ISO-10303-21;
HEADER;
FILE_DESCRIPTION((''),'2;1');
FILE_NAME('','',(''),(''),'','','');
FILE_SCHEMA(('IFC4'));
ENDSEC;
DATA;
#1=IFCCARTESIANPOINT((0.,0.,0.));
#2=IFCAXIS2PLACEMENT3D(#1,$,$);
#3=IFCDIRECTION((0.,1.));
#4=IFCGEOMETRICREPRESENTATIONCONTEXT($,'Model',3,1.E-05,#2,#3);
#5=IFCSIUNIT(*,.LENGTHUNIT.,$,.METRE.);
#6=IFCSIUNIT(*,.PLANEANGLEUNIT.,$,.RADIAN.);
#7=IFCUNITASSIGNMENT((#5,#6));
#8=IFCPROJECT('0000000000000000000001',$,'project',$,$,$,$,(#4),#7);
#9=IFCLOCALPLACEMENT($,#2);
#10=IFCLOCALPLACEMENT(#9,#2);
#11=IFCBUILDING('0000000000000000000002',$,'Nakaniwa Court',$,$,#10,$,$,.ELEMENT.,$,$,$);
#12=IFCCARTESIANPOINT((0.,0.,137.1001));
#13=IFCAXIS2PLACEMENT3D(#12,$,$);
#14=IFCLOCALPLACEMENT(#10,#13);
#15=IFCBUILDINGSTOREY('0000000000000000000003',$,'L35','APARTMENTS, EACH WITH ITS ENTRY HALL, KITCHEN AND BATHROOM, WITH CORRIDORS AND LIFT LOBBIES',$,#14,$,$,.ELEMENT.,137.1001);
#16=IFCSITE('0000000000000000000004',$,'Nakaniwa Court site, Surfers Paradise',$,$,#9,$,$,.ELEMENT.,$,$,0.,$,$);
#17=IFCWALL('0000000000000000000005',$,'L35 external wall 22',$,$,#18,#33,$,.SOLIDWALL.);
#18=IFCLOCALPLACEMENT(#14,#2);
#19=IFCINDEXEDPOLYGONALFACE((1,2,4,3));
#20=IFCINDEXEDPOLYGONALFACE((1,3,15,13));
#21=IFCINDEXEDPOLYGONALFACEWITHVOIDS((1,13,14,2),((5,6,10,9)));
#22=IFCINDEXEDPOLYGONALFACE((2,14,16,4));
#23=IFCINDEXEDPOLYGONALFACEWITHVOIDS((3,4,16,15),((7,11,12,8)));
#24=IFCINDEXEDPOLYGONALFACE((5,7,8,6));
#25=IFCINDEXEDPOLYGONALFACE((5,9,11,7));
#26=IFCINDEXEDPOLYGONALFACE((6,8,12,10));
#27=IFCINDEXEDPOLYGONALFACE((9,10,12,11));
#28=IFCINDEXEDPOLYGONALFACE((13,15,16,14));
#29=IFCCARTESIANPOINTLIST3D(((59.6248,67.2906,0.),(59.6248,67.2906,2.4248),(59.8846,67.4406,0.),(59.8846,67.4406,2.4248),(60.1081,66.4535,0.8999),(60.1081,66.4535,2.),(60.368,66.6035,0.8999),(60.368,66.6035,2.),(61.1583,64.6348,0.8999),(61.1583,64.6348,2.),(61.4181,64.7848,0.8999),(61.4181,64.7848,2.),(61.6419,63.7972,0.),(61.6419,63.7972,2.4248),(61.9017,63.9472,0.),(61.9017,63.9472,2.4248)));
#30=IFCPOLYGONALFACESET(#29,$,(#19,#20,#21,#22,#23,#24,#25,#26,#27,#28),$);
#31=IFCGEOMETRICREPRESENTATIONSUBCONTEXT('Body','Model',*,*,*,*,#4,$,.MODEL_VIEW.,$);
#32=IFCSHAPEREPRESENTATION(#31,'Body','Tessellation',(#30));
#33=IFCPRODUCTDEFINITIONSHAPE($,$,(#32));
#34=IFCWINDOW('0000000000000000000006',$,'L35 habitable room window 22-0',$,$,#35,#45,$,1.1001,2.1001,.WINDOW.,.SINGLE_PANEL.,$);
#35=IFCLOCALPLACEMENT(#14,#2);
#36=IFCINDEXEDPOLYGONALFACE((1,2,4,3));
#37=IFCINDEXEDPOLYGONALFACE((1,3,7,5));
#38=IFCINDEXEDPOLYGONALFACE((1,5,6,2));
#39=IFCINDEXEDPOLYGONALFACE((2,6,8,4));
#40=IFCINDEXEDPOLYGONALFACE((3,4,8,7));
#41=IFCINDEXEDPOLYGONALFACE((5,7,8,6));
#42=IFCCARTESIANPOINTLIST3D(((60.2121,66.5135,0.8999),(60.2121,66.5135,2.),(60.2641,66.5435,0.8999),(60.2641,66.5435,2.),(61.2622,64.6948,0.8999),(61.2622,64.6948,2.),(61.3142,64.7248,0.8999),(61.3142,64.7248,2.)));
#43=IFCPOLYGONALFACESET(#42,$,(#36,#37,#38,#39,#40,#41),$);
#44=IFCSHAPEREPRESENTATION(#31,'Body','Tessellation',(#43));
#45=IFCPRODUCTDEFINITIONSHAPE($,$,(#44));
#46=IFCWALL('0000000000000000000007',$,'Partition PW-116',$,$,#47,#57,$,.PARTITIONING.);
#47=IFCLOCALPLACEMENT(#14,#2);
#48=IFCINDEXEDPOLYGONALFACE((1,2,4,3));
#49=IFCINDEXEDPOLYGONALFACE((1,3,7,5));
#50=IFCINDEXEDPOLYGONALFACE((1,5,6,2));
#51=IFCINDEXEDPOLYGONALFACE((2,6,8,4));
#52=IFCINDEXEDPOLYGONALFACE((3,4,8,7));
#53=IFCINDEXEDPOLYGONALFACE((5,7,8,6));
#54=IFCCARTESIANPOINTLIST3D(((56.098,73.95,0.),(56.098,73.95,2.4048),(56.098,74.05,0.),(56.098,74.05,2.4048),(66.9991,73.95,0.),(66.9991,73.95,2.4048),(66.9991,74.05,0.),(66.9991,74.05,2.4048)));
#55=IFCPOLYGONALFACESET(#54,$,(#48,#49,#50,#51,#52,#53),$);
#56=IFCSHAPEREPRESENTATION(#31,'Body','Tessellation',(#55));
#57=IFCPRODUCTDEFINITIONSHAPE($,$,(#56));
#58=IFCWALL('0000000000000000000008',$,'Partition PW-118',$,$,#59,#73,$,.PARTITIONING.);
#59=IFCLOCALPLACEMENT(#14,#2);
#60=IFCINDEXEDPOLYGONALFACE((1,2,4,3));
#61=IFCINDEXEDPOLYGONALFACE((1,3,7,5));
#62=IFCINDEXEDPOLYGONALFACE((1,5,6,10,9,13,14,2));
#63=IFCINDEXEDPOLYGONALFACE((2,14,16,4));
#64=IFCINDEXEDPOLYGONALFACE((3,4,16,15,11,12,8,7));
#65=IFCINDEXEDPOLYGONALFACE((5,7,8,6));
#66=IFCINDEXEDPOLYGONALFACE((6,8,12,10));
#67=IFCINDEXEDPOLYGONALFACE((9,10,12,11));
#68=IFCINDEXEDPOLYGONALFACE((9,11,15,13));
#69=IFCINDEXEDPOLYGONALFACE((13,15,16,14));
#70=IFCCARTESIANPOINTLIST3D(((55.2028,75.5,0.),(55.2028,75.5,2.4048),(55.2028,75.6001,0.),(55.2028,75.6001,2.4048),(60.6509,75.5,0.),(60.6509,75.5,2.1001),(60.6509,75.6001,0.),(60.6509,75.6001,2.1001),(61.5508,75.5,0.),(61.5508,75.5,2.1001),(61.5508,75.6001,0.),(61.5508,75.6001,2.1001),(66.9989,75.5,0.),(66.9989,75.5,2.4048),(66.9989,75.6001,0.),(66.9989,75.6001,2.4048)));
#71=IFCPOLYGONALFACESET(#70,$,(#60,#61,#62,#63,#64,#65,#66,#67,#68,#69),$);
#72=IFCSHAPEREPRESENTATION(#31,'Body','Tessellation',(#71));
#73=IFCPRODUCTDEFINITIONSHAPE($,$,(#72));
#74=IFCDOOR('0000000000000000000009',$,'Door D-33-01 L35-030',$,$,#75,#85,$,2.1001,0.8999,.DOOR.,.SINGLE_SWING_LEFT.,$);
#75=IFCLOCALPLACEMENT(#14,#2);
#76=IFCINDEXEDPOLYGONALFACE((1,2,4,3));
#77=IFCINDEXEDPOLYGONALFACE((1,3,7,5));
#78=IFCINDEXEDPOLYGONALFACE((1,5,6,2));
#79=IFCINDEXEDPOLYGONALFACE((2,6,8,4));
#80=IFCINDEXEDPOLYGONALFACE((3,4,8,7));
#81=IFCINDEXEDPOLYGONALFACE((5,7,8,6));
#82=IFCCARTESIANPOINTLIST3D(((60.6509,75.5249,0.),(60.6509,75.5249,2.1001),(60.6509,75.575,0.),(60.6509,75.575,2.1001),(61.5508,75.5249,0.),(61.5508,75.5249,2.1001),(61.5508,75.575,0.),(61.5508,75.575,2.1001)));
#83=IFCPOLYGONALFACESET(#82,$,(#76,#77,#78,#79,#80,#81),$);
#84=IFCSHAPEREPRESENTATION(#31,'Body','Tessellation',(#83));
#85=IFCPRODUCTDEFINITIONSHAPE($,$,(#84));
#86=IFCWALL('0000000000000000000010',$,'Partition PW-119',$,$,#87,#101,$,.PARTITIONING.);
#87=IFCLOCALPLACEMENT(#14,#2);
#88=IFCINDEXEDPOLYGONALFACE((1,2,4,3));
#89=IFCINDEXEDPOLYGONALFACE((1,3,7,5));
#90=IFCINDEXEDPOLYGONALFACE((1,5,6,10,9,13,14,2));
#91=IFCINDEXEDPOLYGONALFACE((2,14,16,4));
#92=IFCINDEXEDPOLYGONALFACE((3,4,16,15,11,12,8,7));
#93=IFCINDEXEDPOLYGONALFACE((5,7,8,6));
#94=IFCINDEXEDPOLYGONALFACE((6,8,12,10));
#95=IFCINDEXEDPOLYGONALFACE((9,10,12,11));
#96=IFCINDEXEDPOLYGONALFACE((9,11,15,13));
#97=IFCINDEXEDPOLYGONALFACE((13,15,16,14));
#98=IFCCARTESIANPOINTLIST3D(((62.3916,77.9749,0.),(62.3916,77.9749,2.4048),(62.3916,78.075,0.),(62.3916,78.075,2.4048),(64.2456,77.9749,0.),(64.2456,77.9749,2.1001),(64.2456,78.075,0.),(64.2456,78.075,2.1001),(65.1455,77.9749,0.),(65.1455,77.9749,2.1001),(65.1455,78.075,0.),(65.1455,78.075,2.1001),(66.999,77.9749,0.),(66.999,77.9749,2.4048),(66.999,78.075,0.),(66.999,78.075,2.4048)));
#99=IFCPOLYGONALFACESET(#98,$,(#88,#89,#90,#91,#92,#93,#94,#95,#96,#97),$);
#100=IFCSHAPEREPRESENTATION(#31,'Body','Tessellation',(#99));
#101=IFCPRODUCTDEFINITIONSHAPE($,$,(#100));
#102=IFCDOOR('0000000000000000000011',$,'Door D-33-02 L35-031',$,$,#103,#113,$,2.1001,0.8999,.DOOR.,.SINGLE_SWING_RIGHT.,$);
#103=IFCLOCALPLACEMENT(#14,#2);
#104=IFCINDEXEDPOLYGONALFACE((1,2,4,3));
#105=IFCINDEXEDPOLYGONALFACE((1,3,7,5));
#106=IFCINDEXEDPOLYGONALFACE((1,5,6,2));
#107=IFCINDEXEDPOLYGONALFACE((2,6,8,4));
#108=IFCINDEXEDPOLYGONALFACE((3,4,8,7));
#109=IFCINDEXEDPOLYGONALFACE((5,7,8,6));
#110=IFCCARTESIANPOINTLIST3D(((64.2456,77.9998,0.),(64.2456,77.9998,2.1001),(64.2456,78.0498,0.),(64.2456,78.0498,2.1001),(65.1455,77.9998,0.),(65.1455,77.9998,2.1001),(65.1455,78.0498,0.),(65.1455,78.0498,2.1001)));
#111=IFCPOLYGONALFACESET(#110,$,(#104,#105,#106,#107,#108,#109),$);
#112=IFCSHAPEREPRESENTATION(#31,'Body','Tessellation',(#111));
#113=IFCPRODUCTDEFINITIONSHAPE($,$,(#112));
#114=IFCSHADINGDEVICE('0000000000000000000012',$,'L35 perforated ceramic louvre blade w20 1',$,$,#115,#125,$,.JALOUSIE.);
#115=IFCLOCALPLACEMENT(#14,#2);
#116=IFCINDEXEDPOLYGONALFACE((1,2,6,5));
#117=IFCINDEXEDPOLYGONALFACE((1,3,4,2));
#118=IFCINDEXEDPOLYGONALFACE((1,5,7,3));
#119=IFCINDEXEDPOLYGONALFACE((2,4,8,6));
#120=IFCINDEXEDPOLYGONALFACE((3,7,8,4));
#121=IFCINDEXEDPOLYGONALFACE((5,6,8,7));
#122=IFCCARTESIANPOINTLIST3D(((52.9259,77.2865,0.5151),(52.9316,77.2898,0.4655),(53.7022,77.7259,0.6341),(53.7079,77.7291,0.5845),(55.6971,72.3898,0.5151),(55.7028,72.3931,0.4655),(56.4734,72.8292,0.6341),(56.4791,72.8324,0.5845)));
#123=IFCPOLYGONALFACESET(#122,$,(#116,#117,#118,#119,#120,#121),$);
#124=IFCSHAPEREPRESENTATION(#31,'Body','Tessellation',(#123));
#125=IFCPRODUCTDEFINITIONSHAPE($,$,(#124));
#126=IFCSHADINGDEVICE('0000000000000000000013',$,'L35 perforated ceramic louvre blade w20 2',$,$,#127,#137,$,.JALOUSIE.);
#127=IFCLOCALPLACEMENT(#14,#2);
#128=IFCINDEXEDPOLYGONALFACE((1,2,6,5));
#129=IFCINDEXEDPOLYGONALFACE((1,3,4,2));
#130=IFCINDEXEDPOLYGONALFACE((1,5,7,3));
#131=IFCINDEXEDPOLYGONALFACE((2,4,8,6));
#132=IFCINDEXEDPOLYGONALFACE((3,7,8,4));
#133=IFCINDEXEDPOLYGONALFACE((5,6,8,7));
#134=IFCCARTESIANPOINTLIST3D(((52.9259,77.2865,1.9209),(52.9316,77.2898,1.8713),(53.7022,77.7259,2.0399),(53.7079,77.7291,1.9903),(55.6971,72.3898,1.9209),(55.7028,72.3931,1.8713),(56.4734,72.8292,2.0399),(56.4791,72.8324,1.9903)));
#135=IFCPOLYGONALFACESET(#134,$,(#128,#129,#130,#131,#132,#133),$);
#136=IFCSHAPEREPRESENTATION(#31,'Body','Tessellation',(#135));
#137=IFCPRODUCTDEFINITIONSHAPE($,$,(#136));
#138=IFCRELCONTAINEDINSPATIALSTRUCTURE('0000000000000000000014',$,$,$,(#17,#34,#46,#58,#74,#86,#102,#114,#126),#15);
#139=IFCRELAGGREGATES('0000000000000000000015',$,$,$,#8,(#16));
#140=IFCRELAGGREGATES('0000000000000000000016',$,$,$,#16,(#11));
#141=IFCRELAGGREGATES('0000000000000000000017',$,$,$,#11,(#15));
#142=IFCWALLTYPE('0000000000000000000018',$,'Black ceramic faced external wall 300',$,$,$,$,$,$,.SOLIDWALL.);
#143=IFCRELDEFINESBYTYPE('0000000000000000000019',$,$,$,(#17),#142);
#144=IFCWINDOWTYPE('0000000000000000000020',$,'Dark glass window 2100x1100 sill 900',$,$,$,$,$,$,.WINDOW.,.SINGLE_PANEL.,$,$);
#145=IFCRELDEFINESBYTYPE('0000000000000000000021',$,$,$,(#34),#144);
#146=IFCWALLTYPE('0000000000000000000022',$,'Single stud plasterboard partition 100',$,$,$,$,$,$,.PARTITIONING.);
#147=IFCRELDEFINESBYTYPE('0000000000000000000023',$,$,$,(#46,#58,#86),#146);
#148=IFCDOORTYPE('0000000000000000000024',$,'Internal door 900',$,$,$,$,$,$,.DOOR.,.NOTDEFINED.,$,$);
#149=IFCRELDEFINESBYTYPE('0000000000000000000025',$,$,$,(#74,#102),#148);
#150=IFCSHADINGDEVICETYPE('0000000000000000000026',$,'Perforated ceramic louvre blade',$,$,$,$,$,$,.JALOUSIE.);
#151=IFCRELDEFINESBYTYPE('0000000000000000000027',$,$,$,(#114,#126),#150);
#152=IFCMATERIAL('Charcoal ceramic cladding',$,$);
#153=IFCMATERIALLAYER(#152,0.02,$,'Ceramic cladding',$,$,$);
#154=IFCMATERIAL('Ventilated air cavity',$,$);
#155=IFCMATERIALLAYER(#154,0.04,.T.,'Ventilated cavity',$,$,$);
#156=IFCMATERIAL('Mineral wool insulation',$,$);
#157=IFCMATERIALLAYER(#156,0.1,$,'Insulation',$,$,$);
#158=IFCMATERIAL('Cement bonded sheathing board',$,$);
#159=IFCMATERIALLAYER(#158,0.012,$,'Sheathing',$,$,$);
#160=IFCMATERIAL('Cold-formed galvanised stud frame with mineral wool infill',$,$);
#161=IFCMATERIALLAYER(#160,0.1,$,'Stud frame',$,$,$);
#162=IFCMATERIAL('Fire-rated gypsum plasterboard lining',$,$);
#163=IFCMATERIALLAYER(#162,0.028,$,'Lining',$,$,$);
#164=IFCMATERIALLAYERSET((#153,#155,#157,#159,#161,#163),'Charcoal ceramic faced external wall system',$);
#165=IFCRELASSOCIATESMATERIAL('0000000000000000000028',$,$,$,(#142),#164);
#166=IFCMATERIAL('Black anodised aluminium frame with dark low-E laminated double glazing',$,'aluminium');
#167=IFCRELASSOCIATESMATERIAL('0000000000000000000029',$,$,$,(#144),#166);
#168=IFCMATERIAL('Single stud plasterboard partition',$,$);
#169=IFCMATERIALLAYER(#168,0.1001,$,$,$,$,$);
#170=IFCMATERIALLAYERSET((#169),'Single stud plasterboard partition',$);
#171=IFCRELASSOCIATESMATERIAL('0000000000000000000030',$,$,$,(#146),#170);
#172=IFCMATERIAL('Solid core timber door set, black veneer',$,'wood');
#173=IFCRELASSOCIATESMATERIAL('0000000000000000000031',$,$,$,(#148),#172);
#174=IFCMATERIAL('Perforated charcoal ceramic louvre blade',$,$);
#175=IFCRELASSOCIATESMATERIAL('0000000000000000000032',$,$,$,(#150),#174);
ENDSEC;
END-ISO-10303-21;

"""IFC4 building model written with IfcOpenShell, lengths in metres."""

from ifc_helpers import new_model, si_unit, direction, frame, frame_2d, origin, origin_2d, place, context, subcontext, project, spatial, rectangle, extrude, material, layer, layer_set, material_profile, profile_set, type_object, element, fill, save


model = new_model("IFC4")

# Units and contexts
model_context = context("Model", 3, precision=1e-05, world=origin(), true_north=direction((0.0, 1.0)))
body_context = subcontext(model_context, "Body", "Model", "MODEL_VIEW")
ifc_project = project(units=[si_unit("LENGTHUNIT", "METRE"), si_unit("PLANEANGLEUNIT", "RADIAN")], contexts=[model_context])

# Site, building, storey
site_placement = place(None, origin())
site = spatial("IfcSite", under=ifc_project, at=site_placement, Name="Nakaniwa Court site, Surfers Paradise", CompositionType="ELEMENT", RefElevation=0.0)
building_placement = place(site_placement, origin())
building = spatial("IfcBuilding", under=site, at=building_placement, Name="Nakaniwa Court", CompositionType="ELEMENT")
storey_placement = place(building_placement, frame((0.0, 0.0, 137.1001)))
storey = spatial("IfcBuildingStorey", under=building, at=storey_placement, Name="L35", Description="APARTMENTS, EACH WITH ITS ENTRY HALL, KITCHEN AND BATHROOM, WITH CORRIDORS AND LIFT LOBBIES", CompositionType="ELEMENT", Elevation=137.1001)

# Shared definitions
ifc_material_1 = material(Name="Solid core timber door set, black veneer", Category="wood")

# Shared definitions
ifc_material_2 = material(Name="Charcoal ceramic cladding")
ifc_layer_1 = layer(ifc_material_2, 0.02, Name="Ceramic cladding")
ifc_material_3 = material(Name="Ventilated air cavity")
ifc_layer_2 = layer(ifc_material_3, 0.04, ventilated=True, Name="Ventilated cavity")
ifc_material_4 = material(Name="Mineral wool insulation")
ifc_layer_3 = layer(ifc_material_4, 0.1, Name="Insulation")
ifc_material_5 = material(Name="Cement bonded sheathing board")
ifc_layer_4 = layer(ifc_material_5, 0.012, Name="Sheathing")
ifc_material_6 = material(Name="Cold-formed galvanised stud frame with mineral wool infill")
ifc_layer_5 = layer(ifc_material_6, 0.1, Name="Stud frame")
ifc_material_7 = material(Name="Fire-rated gypsum plasterboard lining")
ifc_layer_6 = layer(ifc_material_7, 0.028, Name="Lining")
ifc_layer_set_1 = layer_set([ifc_layer_1, ifc_layer_2, ifc_layer_3, ifc_layer_4, ifc_layer_5, ifc_layer_6], Name="Charcoal ceramic faced external wall system")
wall_type_1 = type_object("IfcWallType", Name="Black ceramic faced external wall 300", PredefinedType="SOLIDWALL", material=ifc_layer_set_1)
ifc_material_8 = material(Name="Black anodised aluminium frame with dark low-E laminated double glazing", Category="aluminium")
window_type_1 = type_object("IfcWindowType", Name="Dark glass window 2100x1100 sill 900", PartitioningType="SINGLE_PANEL", PredefinedType="WINDOW", material=ifc_material_8)

# Wall, opening, window
wall_1_placement = place(storey_placement, frame((59.7546, 67.3657, 0.0), z_axis=(0.0, 0.0, 1.0), x_axis=(0.500032, -0.866007, 0.0)))
wall_1 = element("IfcWall", 1, at=wall_1_placement, inside=storey, type_object=wall_type_1, Name="L35 external wall 22", PredefinedType="SOLIDWALL", context=body_context, shape_type="SweptSolid", body=[
    extrude(rectangle(XDim=4.0339, YDim=0.3, at=frame_2d((2.0171, 0.0))), origin(), (0.0, 0.0, 1.0), 2.4248),
])
opening_1_placement = place(wall_1_placement, frame((0.9668, 0.0, 0.8999)))
opening_1 = element("IfcOpeningElement", 2, at=opening_1_placement, cuts=wall_1, PredefinedType="OPENING", context=body_context, shape_type="SweptSolid", body=[
    extrude(rectangle(XDim=2.1001, YDim=1.1001, at=frame_2d((1.05, 0.55))), frame((0.0, 0.1599, 0.0), z_axis=(0.0, -1.0, 0.0), x_axis=(1.0, 0.0, 0.0)), (0.0, 0.0, 1.0), 0.3201),
])
window_1_placement = place(opening_1_placement, origin())
window_1 = element("IfcWindow", 3, at=window_1_placement, inside=storey, type_object=window_type_1, Name="L35 habitable room window 22-0", OverallHeight=1.1001, OverallWidth=2.1001, PartitioningType="SINGLE_PANEL", PredefinedType="WINDOW", context=body_context, shape_type="SweptSolid", body=[
    extrude(rectangle(XDim=2.1001, YDim=1.1001, at=frame_2d((1.05, 0.55))), frame((0.0, 0.03, 0.0), z_axis=(0.0, -1.0, 0.0), x_axis=(1.0, 0.0, 0.0)), (0.0, 0.0, 1.0), 0.0601),
])
fill(opening_1, window_1)

# Wall
ifc_material_9 = material(Name="Single stud plasterboard partition")
ifc_layer_7 = layer(ifc_material_9, 0.1001)
ifc_layer_set_2 = layer_set([ifc_layer_7], Name="Single stud plasterboard partition")
wall_type_2 = type_object("IfcWallType", Name="Single stud plasterboard partition 100", PredefinedType="PARTITIONING", material=ifc_layer_set_2)
wall_2_placement = place(storey_placement, frame((56.0979, 74.0, 0.0), z_axis=(0.0, 0.0, 1.0), x_axis=(1.0, 0.0, 0.0)))
element("IfcWall", 4, at=wall_2_placement, inside=storey, type_object=wall_type_2, Name="Partition PW-116", PredefinedType="PARTITIONING", context=body_context, shape_type="SweptSolid", body=[
    extrude(rectangle(XDim=10.9011, YDim=0.1001, at=frame_2d((5.4507, 0.0))), origin(), (0.0, 0.0, 1.0), 2.4048),
])

# Walls, openings, doors
wall_3_placement = place(storey_placement, frame((55.2029, 75.55, 0.0), z_axis=(0.0, 0.0, 1.0), x_axis=(1.0, 0.0, 0.0)))
wall_3 = element("IfcWall", 5, at=wall_3_placement, inside=storey, type_object=wall_type_2, Name="Partition PW-118", PredefinedType="PARTITIONING", context=body_context, shape_type="SweptSolid", body=[
    extrude(rectangle(XDim=11.7961, YDim=0.1001, at=frame_2d((5.8979, 0.0))), origin(), (0.0, 0.0, 1.0), 2.4048),
])
opening_2_placement = place(wall_3_placement, frame((5.448, 0.0, 0.0)))
opening_2 = element("IfcOpeningElement", 6, at=opening_2_placement, cuts=wall_3, PredefinedType="OPENING", context=body_context, shape_type="SweptSolid", body=[
    extrude(rectangle(XDim=0.8999, YDim=2.1001, at=frame_2d((0.45, 1.05))), frame((0.0, 0.0601, 0.0), z_axis=(0.0, -1.0, 0.0), x_axis=(1.0, 0.0, 0.0)), (0.0, 0.0, 1.0), 0.1201),
])
door_type_1 = type_object("IfcDoorType", Name="Internal door 900", OperationType="NOTDEFINED", PredefinedType="DOOR", material=ifc_material_1)
door_1_placement = place(opening_2_placement, origin())
door_1 = element("IfcDoor", 7, at=door_1_placement, inside=storey, type_object=door_type_1, Name="Door D-33-01 L35-030", OperationType="SINGLE_SWING_LEFT", OverallHeight=2.1001, OverallWidth=0.8999, PredefinedType="DOOR", context=body_context, shape_type="SweptSolid", body=[
    extrude(rectangle(XDim=0.8999, YDim=2.1001, at=frame_2d((0.45, 1.05))), frame((0.0, 0.0249, 0.0), z_axis=(0.0, -1.0, 0.0), x_axis=(1.0, 0.0, 0.0)), (0.0, 0.0, 1.0), 0.05),
])
fill(opening_2, door_1)
wall_4_placement = place(storey_placement, frame((62.3916, 78.0249, 0.0), z_axis=(0.0, 0.0, 1.0), x_axis=(1.0, 0.0, 0.0)))
wall_4 = element("IfcWall", 8, at=wall_4_placement, inside=storey, type_object=wall_type_2, Name="Partition PW-119", PredefinedType="PARTITIONING", context=body_context, shape_type="SweptSolid", body=[
    extrude(rectangle(XDim=4.6074, YDim=0.1001, at=frame_2d((2.3037, 0.0))), origin(), (0.0, 0.0, 1.0), 2.4048),
])
opening_3_placement = place(wall_4_placement, frame((1.854, 0.0, 0.0)))
opening_3 = element("IfcOpeningElement", 9, at=opening_3_placement, cuts=wall_4, PredefinedType="OPENING", context=body_context, shape_type="SweptSolid", body=[
    extrude(rectangle(XDim=0.8999, YDim=2.1001, at=frame_2d((0.45, 1.05))), frame((0.0, 0.0601, 0.0), z_axis=(0.0, -1.0, 0.0), x_axis=(1.0, 0.0, 0.0)), (0.0, 0.0, 1.0), 0.1201),
])
door_2_placement = place(opening_3_placement, origin())
door_2 = element("IfcDoor", 10, at=door_2_placement, inside=storey, type_object=door_type_1, Name="Door D-33-02 L35-031", OperationType="SINGLE_SWING_RIGHT", OverallHeight=2.1001, OverallWidth=0.8999, PredefinedType="DOOR", context=body_context, shape_type="SweptSolid", body=[
    extrude(rectangle(XDim=0.8999, YDim=2.1001, at=frame_2d((0.45, 1.05))), frame((0.0, 0.0249, 0.0), z_axis=(0.0, -1.0, 0.0), x_axis=(1.0, 0.0, 0.0)), (0.0, 0.0, 1.0), 0.05),
])
fill(opening_3, door_2)

# Shading devices
ifc_material_10 = material(Name="Perforated charcoal ceramic louvre blade")
ifc_material_profile_1 = material_profile(ifc_material_10, rectangle(XDim=0.8999, YDim=0.05, at=origin_2d()), Name="Perforated ceramic louvre blade")
ifc_profile_set_1 = profile_set([ifc_material_profile_1], Name="Perforated charcoal ceramic louvre blade")
shading_device_type = type_object("IfcShadingDeviceType", Name="Perforated ceramic louvre blade", PredefinedType="JALOUSIE", material=ifc_profile_set_1)
for number, where, z_axis, x_axis, name in (
    (11, (53.3169, 77.5078, 0.5498), (0.492532, -0.870294, 0.0), (0.862649, 0.488205, 0.132256), "L35 perforated ceramic louvre blade w20 1"),
    (12, (53.3169, 77.5078, 1.9556), (0.492532, -0.870294, 0.0), (0.862649, 0.488205, 0.132256), "L35 perforated ceramic louvre blade w20 2"),
):
    element("IfcShadingDevice", number, at=place(storey_placement, frame(where, z_axis=z_axis, x_axis=x_axis)), inside=storey, type_object=shading_device_type, Name=name, PredefinedType="JALOUSIE", context=body_context, shape_type="SweptSolid", body=[
        extrude(rectangle(XDim=0.8999, YDim=0.05, at=origin_2d()), origin(), (0.0, 0.0, 1.0), 5.6265),
    ])

save(model, "model.ifc")
